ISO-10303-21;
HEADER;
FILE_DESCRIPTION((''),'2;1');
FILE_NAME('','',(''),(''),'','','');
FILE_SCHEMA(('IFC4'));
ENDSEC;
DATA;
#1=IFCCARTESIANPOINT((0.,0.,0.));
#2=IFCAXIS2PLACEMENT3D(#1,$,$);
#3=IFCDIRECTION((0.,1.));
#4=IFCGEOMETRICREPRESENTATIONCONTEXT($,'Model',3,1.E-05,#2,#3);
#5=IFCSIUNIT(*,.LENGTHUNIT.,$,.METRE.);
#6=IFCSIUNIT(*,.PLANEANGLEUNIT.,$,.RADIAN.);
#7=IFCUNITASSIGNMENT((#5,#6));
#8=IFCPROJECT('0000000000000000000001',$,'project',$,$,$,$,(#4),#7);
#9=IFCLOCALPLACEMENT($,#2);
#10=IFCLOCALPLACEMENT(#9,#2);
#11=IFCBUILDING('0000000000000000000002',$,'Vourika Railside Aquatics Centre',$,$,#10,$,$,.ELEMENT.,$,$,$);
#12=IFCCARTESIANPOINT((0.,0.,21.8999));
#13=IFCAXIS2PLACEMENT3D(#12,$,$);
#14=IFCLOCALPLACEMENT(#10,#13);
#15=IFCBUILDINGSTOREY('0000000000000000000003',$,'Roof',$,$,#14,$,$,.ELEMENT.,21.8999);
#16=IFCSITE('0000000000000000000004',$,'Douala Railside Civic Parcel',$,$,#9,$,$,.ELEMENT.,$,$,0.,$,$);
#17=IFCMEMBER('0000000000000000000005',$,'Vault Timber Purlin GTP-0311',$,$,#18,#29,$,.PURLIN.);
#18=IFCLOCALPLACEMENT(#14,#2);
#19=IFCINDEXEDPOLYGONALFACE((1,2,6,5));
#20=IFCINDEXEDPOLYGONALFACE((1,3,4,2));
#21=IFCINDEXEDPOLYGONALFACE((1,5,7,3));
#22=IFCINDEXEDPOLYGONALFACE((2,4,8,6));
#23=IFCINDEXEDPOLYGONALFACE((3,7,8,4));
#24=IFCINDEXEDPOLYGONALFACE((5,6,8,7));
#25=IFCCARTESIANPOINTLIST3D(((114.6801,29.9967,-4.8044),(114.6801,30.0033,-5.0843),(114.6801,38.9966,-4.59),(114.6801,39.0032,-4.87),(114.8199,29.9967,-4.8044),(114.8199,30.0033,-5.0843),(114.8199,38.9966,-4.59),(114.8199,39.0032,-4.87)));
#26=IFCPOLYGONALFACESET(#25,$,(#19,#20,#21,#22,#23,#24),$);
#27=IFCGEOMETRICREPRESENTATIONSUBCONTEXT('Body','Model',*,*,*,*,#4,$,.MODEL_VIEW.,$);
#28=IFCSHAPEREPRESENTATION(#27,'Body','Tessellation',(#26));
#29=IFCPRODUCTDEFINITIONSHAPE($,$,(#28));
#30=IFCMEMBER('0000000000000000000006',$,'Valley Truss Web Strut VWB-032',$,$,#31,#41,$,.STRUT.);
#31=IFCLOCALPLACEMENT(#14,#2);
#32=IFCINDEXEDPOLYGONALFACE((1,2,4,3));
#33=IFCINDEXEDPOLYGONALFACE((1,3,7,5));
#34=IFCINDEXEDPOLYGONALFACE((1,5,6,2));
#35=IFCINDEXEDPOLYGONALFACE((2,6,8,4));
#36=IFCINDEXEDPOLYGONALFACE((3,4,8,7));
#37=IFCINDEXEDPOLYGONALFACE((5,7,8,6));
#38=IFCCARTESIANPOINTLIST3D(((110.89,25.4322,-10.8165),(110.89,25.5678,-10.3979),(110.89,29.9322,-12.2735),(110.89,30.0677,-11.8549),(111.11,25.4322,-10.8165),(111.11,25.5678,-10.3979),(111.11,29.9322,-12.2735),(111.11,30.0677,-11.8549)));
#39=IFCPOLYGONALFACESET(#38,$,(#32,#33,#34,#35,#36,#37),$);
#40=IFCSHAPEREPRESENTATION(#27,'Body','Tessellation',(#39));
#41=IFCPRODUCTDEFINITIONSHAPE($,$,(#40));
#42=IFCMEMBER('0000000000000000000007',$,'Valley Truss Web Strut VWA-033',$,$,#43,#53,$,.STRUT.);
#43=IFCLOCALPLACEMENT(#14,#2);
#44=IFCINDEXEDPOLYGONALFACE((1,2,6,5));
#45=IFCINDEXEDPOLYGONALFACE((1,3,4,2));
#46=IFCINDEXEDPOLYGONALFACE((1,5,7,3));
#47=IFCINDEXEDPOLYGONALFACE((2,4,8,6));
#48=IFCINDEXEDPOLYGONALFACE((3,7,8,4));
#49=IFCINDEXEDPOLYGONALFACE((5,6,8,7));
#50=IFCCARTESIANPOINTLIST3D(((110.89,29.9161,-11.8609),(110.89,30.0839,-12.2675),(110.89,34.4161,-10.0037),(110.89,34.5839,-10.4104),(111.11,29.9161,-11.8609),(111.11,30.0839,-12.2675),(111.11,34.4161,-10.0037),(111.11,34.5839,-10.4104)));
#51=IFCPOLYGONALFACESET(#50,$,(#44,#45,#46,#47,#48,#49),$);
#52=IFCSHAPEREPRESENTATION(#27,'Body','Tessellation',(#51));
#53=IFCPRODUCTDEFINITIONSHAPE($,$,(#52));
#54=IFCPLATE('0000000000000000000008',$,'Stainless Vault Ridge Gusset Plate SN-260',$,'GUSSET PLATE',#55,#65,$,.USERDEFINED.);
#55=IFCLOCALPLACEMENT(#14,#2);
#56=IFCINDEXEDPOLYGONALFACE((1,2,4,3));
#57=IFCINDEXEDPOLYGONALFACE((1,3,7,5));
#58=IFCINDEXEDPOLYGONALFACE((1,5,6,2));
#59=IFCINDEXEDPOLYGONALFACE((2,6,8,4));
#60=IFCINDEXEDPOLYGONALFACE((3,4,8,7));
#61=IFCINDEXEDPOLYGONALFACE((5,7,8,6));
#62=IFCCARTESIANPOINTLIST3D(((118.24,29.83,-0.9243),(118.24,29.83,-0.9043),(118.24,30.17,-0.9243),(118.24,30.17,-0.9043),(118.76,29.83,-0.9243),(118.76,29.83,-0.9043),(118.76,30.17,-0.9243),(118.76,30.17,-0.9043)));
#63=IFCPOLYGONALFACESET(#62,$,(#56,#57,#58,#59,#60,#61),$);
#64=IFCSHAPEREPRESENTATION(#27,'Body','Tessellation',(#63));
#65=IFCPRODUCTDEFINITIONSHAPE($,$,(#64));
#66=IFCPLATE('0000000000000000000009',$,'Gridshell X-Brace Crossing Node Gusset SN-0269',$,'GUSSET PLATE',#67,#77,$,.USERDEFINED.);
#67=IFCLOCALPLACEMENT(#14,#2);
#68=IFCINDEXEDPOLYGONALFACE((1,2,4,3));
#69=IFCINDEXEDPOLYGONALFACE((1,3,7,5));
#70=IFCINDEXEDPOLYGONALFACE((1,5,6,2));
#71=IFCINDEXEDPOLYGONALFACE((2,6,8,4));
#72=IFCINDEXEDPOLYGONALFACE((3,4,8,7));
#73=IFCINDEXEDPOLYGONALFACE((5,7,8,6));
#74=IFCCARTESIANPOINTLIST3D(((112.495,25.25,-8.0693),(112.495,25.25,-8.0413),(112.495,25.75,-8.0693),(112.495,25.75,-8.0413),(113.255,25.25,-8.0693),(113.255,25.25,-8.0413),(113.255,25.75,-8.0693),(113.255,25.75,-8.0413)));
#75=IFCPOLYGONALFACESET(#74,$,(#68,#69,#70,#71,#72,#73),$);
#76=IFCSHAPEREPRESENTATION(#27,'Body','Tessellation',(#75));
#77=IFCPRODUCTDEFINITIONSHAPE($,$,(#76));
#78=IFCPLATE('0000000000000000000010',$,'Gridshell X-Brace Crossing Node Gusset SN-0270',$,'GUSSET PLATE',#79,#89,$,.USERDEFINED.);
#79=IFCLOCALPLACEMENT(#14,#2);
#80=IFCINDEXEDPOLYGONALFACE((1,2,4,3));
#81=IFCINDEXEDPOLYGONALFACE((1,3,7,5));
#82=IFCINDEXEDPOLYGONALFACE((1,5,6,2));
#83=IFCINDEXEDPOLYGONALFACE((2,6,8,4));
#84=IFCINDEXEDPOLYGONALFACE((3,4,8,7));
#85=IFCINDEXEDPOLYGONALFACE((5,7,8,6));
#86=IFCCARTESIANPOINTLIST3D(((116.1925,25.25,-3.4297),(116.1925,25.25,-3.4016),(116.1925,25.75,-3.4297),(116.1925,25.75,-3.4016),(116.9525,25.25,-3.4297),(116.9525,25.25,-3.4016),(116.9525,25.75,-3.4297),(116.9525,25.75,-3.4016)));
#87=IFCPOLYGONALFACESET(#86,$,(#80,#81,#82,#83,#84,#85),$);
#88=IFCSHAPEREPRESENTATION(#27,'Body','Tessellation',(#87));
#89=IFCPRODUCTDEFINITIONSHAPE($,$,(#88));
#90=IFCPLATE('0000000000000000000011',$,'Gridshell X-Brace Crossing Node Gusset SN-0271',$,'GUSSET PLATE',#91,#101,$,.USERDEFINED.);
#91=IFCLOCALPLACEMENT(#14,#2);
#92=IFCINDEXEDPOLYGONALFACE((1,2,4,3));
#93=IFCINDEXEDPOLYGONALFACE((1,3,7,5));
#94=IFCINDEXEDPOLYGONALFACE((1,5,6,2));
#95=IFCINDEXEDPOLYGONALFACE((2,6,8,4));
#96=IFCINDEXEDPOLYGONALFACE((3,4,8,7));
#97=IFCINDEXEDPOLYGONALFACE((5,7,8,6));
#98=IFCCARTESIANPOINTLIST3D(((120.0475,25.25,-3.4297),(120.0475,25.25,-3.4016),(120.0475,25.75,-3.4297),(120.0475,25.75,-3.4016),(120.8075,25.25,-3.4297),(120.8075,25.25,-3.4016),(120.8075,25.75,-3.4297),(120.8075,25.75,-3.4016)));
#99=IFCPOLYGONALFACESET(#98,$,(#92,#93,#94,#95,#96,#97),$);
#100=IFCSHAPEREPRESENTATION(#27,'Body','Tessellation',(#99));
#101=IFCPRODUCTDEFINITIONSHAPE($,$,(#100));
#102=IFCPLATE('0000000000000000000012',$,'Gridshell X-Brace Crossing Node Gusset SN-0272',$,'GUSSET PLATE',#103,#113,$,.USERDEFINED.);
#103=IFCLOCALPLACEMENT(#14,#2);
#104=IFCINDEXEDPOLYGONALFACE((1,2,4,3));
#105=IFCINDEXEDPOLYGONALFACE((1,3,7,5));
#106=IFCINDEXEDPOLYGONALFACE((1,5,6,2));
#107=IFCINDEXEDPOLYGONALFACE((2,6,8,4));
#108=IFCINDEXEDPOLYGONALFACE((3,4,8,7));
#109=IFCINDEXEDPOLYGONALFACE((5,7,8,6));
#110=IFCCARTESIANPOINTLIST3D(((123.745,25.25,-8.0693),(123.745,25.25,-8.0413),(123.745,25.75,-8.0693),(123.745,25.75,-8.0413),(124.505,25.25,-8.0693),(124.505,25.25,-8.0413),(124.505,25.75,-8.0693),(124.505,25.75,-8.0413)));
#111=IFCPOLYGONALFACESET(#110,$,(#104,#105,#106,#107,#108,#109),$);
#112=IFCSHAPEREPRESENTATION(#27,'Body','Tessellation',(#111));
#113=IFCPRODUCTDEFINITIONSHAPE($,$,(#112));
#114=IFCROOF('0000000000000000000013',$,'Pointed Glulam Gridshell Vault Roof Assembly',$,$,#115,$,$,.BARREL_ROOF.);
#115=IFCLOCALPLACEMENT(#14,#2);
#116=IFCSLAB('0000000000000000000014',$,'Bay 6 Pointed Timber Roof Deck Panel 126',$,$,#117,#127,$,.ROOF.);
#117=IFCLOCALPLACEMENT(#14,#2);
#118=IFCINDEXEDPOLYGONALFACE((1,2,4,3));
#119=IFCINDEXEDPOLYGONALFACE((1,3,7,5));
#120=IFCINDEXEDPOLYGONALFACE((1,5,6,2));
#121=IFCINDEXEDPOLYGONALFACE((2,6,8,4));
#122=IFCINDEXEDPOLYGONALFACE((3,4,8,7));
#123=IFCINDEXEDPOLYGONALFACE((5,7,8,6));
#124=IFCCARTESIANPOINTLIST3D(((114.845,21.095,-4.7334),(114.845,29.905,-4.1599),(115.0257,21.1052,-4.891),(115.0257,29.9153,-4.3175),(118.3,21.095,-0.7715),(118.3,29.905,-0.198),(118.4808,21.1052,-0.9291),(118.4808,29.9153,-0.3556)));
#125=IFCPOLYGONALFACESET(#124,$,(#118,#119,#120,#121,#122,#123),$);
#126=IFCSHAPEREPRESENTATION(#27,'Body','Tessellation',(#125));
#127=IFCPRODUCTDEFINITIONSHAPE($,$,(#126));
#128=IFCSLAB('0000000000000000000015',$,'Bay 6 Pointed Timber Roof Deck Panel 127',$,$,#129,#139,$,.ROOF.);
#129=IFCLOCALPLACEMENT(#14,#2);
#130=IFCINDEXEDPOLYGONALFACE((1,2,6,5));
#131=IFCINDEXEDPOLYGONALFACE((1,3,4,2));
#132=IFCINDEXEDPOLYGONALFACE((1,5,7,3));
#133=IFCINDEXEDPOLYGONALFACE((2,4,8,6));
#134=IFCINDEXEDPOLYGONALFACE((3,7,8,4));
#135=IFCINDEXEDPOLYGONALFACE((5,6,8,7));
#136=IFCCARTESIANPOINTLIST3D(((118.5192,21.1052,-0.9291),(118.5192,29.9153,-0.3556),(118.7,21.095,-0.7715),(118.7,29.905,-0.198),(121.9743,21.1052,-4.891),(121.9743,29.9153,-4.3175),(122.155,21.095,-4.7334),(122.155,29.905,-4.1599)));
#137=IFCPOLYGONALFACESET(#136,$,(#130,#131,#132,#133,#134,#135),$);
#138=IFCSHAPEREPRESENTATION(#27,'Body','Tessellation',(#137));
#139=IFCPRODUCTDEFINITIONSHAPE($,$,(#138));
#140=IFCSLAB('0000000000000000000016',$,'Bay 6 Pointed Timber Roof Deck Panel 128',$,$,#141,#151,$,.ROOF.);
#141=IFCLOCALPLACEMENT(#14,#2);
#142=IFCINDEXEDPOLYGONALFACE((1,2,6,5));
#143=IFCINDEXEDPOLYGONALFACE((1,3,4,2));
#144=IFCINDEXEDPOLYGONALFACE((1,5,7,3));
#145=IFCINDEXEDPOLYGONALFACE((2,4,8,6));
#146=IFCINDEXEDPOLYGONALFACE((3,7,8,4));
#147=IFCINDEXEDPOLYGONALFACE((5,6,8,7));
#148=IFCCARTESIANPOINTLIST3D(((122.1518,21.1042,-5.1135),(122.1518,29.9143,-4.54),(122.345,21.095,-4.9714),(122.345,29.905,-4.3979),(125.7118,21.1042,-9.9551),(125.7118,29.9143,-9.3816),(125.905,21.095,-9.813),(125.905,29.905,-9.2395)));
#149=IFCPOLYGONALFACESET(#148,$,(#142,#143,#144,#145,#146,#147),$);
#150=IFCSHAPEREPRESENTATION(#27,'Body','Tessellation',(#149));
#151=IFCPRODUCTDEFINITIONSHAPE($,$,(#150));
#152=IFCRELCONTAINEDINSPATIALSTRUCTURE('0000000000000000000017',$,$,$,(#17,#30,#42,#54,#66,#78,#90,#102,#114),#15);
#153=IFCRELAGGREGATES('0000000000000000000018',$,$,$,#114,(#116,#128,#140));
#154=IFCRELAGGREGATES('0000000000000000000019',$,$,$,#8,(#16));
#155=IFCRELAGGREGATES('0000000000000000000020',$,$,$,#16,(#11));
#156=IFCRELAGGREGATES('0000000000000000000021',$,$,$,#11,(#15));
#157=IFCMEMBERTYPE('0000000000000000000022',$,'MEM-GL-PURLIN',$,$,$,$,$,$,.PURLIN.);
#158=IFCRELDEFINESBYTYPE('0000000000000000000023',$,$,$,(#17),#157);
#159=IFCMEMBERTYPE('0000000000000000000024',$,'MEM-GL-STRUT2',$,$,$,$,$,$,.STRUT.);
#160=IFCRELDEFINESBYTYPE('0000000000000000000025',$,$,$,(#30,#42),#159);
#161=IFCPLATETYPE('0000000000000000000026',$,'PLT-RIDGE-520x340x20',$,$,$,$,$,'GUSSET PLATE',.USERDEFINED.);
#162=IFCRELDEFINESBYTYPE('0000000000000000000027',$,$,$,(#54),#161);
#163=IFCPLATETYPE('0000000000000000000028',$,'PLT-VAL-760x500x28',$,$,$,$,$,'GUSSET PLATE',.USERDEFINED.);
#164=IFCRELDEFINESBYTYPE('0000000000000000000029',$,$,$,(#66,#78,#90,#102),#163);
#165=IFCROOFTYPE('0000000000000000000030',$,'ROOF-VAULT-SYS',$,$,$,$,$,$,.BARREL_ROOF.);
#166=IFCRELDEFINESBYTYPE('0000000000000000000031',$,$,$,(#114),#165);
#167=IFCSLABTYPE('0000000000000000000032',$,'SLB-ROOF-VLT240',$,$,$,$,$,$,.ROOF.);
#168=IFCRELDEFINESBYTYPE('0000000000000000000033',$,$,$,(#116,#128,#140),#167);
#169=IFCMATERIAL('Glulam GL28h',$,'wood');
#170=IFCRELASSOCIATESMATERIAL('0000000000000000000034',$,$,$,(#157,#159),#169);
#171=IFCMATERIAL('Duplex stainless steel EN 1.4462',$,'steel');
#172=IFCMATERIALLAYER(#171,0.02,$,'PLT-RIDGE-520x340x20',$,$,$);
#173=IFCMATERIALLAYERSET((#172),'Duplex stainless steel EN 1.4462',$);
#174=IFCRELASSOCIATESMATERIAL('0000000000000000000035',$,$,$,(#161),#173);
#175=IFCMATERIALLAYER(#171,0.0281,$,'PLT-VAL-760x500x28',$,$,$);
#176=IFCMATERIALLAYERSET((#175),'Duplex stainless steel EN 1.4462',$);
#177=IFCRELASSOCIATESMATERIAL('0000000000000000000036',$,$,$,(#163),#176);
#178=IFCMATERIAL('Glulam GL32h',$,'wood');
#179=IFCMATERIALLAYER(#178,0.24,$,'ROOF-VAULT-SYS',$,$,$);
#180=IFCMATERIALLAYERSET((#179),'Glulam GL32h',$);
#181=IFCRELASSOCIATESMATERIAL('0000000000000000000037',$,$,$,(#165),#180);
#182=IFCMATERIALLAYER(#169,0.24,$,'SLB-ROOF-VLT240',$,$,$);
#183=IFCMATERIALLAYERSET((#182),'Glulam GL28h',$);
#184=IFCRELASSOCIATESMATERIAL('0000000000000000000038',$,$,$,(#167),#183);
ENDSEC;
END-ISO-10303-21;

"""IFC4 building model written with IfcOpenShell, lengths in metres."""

from ifc_helpers import new_model, si_unit, direction, frame, origin, origin_2d, place, context, subcontext, project, spatial, polyline, rectangle, outline, extrude, material, layer, layer_set, material_profile, profile_set, type_object, element, aggregate, save


model = new_model("IFC4")

# Units and contexts
model_context = context("Model", 3, precision=1e-05, world=origin(), true_north=direction((0.0, 1.0)))
body_context = subcontext(model_context, "Body", "Model", "MODEL_VIEW")
ifc_project = project(units=[si_unit("LENGTHUNIT", "METRE"), si_unit("PLANEANGLEUNIT", "RADIAN")], contexts=[model_context])

# Site, building, storey
site_placement = place(None, origin())
site = spatial("IfcSite", under=ifc_project, at=site_placement, Name="Douala Railside Civic Parcel", CompositionType="ELEMENT", RefElevation=0.0)
building_placement = place(site_placement, origin())
building = spatial("IfcBuilding", under=site, at=building_placement, Name="Vourika Railside Aquatics Centre", CompositionType="ELEMENT")
storey_placement = place(building_placement, frame((0.0, 0.0, 21.8999)))
storey = spatial("IfcBuildingStorey", under=building, at=storey_placement, Name="Roof", CompositionType="ELEMENT", Elevation=21.8999)

# Shared definitions
ifc_material_1 = material(Name="Glulam GL32h", Category="wood")

# Members
ifc_material_2 = material(Name="Glulam GL28h", Category="wood")
ifc_material_profile_1 = material_profile(ifc_material_2, rectangle(XDim=0.1399, YDim=0.28, at=origin_2d()), Name="GL28h 140x280")
ifc_profile_set_1 = profile_set([ifc_material_profile_1], Name="Glulam GL28h")
member_type_1 = type_object("IfcMemberType", Name="MEM-GL-PURLIN", PredefinedType="PURLIN", material=ifc_profile_set_1)
member_1_placement = place(storey_placement, frame((114.75, 30.0, -4.9443), z_axis=(0.0, 0.999716, 0.023811), x_axis=(-1.0, 0.0, 0.0)))
element("IfcMember", 1, at=member_1_placement, inside=storey, type_object=member_type_1, Name="Vault Timber Purlin GTP-0311", PredefinedType="PURLIN", context=body_context, shape_type="SweptSolid", body=[
    extrude(rectangle(XDim=0.1399, YDim=0.28, at=origin_2d()), origin(), (0.0, 0.0, 1.0), 9.0024),
])
ifc_material_profile_2 = material_profile(ifc_material_2, rectangle(XDim=0.22, YDim=0.4399, at=origin_2d()), Name="GL28h 220x440")
ifc_profile_set_2 = profile_set([ifc_material_profile_2], Name="Glulam GL28h")
member_type_2 = type_object("IfcMemberType", Name="MEM-GL-STRUT2", PredefinedType="STRUT", material=ifc_profile_set_2)
member_2_placement = place(storey_placement, frame((111.0, 25.5, -10.6072), z_axis=(0.0, 0.951373, -0.30804), x_axis=(-1.0, 0.0, 0.0)))
element("IfcMember", 2, at=member_2_placement, inside=storey, type_object=member_type_2, Name="Valley Truss Web Strut VWB-032", PredefinedType="STRUT", context=body_context, shape_type="SweptSolid", body=[
    extrude(rectangle(XDim=0.22, YDim=0.4399, at=origin_2d()), origin(), (0.0, 0.0, 1.0), 4.73),
])
member_3_placement = place(storey_placement, frame((111.0, 30.0, -12.0642), z_axis=(0.0, 0.924371, 0.381494), x_axis=(-1.0, 0.0, 0.0)))
element("IfcMember", 3, at=member_3_placement, inside=storey, type_object=member_type_2, Name="Valley Truss Web Strut VWA-033", PredefinedType="STRUT", context=body_context, shape_type="SweptSolid", body=[
    extrude(rectangle(XDim=0.22, YDim=0.4399, at=origin_2d()), origin(), (0.0, 0.0, 1.0), 4.8682),
])

# Plates
ifc_material_3 = material(Name="Duplex stainless steel EN 1.4462", Category="steel")
ifc_layer_1 = layer(ifc_material_3, 0.02, Name="PLT-RIDGE-520x340x20")
ifc_layer_set_1 = layer_set([ifc_layer_1], Name="Duplex stainless steel EN 1.4462")
plate_type_1 = type_object("IfcPlateType", Name="PLT-RIDGE-520x340x20", ElementType="GUSSET PLATE", PredefinedType="USERDEFINED", material=ifc_layer_set_1)
plate_placement = place(storey_placement, frame((118.5, 30.0, -0.9243), z_axis=(0.0, 0.0, 1.0), x_axis=(1.0, 0.0, 0.0)))
element("IfcPlate", 4, at=plate_placement, inside=storey, type_object=plate_type_1, Name="Stainless Vault Ridge Gusset Plate SN-260", ObjectType="GUSSET PLATE", PredefinedType="USERDEFINED", context=body_context, shape_type="SweptSolid", body=[
    extrude(rectangle(XDim=0.52, YDim=0.3401, at=origin_2d()), origin(), (0.0, 0.0, 1.0), 0.02),
])
ifc_layer_2 = layer(ifc_material_3, 0.0281, Name="PLT-VAL-760x500x28")
ifc_layer_set_2 = layer_set([ifc_layer_2], Name="Duplex stainless steel EN 1.4462")
plate_type_2 = type_object("IfcPlateType", Name="PLT-VAL-760x500x28", ElementType="GUSSET PLATE", PredefinedType="USERDEFINED", material=ifc_layer_set_2)
for number, where, z_axis, x_axis, name in (
    (5, (112.875, 25.5, -8.0693), (0.0, 0.0, 1.0), (1.0, 0.0, 0.0), "Gridshell X-Brace Crossing Node Gusset SN-0269"),
    (6, (116.5725, 25.5, -3.4297), (0.0, 0.0, 1.0), (1.0, 0.0, 0.0), "Gridshell X-Brace Crossing Node Gusset SN-0270"),
    (7, (120.4275, 25.5, -3.4297), (0.0, 0.0, 1.0), (1.0, 0.0, 0.0), "Gridshell X-Brace Crossing Node Gusset SN-0271"),
    (8, (124.125, 25.5, -8.0693), (0.0, 0.0, 1.0), (1.0, 0.0, 0.0), "Gridshell X-Brace Crossing Node Gusset SN-0272"),
):
    element("IfcPlate", number, at=place(storey_placement, frame(where, z_axis=z_axis, x_axis=x_axis)), inside=storey, type_object=plate_type_2, Name=name, ObjectType="GUSSET PLATE", PredefinedType="USERDEFINED", context=body_context, shape_type="SweptSolid", body=[
        extrude(rectangle(XDim=0.76, YDim=0.5, at=origin_2d()), origin(), (0.0, 0.0, 1.0), 0.0281),
    ])

# Roof, slabs
ifc_layer_3 = layer(ifc_material_1, 0.24, Name="ROOF-VAULT-SYS")
ifc_layer_set_3 = layer_set([ifc_layer_3], Name="Glulam GL32h")
roof_type = type_object("IfcRoofType", Name="ROOF-VAULT-SYS", PredefinedType="BARREL_ROOF", material=ifc_layer_set_3)
roof_placement = place(storey_placement, origin())
roof = element("IfcRoof", 9, at=roof_placement, inside=storey, type_object=roof_type, Name="Pointed Glulam Gridshell Vault Roof Assembly", PredefinedType="BARREL_ROOF")
ifc_layer_4 = layer(ifc_material_2, 0.24, Name="SLB-ROOF-VLT240")
ifc_layer_set_4 = layer_set([ifc_layer_4], Name="Glulam GL28h")
slab_type = type_object("IfcSlabType", Name="SLB-ROOF-VLT240", PredefinedType="ROOF", material=ifc_layer_set_4)
slab_1_placement = place(storey_placement, frame((114.845, 21.095, -4.7334), z_axis=(-0.75298, -0.042745, 0.656654), x_axis=(0.657254, 0.0, 0.753669)))
slab_1 = element("IfcSlab", 10, at=slab_1_placement, type_object=slab_type, Name="Bay 6 Pointed Timber Roof Deck Panel 126", PredefinedType="ROOF", context=body_context, shape_type="SweptSolid", body=[
    extrude(outline(polyline([(0.0, 0.0), (5.2568, 0.0), (5.6891, 8.8181), (0.4322, 8.8181), (0.0, 0.0)])), origin(), (0.0, 0.0, -1.0), 0.24),
])
slab_2_placement = place(storey_placement, frame((118.7, 21.095, -0.7715), z_axis=(0.75298, -0.042745, 0.656654), x_axis=(0.657254, 0.0, -0.753669)))
slab_2 = element("IfcSlab", 11, at=slab_2_placement, type_object=slab_type, Name="Bay 6 Pointed Timber Roof Deck Panel 127", PredefinedType="ROOF", context=body_context, shape_type="SweptSolid", body=[
    extrude(outline(polyline([(0.0, 0.0), (5.2568, 0.0), (4.8246, 8.8181), (-0.4322, 8.8181), (0.0, 0.0)])), origin(), (0.0, 0.0, -1.0), 0.24),
])
slab_3_placement = place(storey_placement, frame((122.345, 21.095, -4.9714), z_axis=(0.805045, -0.038533, 0.591961), x_axis=(0.592401, 0.0, -0.805644)))
slab_3 = element("IfcSlab", 12, at=slab_3_placement, type_object=slab_type, Name="Bay 6 Pointed Timber Roof Deck Panel 128", PredefinedType="ROOF", context=body_context, shape_type="SweptSolid", body=[
    extrude(outline(polyline([(0.0, 0.0), (6.0095, 0.0), (5.5475, 8.8166), (-0.462, 8.8166), (0.0, 0.0)])), origin(), (0.0, 0.0, -1.0), 0.24),
])
aggregate(roof, [slab_1, slab_2, slab_3])

save(model, "model.ifc")
